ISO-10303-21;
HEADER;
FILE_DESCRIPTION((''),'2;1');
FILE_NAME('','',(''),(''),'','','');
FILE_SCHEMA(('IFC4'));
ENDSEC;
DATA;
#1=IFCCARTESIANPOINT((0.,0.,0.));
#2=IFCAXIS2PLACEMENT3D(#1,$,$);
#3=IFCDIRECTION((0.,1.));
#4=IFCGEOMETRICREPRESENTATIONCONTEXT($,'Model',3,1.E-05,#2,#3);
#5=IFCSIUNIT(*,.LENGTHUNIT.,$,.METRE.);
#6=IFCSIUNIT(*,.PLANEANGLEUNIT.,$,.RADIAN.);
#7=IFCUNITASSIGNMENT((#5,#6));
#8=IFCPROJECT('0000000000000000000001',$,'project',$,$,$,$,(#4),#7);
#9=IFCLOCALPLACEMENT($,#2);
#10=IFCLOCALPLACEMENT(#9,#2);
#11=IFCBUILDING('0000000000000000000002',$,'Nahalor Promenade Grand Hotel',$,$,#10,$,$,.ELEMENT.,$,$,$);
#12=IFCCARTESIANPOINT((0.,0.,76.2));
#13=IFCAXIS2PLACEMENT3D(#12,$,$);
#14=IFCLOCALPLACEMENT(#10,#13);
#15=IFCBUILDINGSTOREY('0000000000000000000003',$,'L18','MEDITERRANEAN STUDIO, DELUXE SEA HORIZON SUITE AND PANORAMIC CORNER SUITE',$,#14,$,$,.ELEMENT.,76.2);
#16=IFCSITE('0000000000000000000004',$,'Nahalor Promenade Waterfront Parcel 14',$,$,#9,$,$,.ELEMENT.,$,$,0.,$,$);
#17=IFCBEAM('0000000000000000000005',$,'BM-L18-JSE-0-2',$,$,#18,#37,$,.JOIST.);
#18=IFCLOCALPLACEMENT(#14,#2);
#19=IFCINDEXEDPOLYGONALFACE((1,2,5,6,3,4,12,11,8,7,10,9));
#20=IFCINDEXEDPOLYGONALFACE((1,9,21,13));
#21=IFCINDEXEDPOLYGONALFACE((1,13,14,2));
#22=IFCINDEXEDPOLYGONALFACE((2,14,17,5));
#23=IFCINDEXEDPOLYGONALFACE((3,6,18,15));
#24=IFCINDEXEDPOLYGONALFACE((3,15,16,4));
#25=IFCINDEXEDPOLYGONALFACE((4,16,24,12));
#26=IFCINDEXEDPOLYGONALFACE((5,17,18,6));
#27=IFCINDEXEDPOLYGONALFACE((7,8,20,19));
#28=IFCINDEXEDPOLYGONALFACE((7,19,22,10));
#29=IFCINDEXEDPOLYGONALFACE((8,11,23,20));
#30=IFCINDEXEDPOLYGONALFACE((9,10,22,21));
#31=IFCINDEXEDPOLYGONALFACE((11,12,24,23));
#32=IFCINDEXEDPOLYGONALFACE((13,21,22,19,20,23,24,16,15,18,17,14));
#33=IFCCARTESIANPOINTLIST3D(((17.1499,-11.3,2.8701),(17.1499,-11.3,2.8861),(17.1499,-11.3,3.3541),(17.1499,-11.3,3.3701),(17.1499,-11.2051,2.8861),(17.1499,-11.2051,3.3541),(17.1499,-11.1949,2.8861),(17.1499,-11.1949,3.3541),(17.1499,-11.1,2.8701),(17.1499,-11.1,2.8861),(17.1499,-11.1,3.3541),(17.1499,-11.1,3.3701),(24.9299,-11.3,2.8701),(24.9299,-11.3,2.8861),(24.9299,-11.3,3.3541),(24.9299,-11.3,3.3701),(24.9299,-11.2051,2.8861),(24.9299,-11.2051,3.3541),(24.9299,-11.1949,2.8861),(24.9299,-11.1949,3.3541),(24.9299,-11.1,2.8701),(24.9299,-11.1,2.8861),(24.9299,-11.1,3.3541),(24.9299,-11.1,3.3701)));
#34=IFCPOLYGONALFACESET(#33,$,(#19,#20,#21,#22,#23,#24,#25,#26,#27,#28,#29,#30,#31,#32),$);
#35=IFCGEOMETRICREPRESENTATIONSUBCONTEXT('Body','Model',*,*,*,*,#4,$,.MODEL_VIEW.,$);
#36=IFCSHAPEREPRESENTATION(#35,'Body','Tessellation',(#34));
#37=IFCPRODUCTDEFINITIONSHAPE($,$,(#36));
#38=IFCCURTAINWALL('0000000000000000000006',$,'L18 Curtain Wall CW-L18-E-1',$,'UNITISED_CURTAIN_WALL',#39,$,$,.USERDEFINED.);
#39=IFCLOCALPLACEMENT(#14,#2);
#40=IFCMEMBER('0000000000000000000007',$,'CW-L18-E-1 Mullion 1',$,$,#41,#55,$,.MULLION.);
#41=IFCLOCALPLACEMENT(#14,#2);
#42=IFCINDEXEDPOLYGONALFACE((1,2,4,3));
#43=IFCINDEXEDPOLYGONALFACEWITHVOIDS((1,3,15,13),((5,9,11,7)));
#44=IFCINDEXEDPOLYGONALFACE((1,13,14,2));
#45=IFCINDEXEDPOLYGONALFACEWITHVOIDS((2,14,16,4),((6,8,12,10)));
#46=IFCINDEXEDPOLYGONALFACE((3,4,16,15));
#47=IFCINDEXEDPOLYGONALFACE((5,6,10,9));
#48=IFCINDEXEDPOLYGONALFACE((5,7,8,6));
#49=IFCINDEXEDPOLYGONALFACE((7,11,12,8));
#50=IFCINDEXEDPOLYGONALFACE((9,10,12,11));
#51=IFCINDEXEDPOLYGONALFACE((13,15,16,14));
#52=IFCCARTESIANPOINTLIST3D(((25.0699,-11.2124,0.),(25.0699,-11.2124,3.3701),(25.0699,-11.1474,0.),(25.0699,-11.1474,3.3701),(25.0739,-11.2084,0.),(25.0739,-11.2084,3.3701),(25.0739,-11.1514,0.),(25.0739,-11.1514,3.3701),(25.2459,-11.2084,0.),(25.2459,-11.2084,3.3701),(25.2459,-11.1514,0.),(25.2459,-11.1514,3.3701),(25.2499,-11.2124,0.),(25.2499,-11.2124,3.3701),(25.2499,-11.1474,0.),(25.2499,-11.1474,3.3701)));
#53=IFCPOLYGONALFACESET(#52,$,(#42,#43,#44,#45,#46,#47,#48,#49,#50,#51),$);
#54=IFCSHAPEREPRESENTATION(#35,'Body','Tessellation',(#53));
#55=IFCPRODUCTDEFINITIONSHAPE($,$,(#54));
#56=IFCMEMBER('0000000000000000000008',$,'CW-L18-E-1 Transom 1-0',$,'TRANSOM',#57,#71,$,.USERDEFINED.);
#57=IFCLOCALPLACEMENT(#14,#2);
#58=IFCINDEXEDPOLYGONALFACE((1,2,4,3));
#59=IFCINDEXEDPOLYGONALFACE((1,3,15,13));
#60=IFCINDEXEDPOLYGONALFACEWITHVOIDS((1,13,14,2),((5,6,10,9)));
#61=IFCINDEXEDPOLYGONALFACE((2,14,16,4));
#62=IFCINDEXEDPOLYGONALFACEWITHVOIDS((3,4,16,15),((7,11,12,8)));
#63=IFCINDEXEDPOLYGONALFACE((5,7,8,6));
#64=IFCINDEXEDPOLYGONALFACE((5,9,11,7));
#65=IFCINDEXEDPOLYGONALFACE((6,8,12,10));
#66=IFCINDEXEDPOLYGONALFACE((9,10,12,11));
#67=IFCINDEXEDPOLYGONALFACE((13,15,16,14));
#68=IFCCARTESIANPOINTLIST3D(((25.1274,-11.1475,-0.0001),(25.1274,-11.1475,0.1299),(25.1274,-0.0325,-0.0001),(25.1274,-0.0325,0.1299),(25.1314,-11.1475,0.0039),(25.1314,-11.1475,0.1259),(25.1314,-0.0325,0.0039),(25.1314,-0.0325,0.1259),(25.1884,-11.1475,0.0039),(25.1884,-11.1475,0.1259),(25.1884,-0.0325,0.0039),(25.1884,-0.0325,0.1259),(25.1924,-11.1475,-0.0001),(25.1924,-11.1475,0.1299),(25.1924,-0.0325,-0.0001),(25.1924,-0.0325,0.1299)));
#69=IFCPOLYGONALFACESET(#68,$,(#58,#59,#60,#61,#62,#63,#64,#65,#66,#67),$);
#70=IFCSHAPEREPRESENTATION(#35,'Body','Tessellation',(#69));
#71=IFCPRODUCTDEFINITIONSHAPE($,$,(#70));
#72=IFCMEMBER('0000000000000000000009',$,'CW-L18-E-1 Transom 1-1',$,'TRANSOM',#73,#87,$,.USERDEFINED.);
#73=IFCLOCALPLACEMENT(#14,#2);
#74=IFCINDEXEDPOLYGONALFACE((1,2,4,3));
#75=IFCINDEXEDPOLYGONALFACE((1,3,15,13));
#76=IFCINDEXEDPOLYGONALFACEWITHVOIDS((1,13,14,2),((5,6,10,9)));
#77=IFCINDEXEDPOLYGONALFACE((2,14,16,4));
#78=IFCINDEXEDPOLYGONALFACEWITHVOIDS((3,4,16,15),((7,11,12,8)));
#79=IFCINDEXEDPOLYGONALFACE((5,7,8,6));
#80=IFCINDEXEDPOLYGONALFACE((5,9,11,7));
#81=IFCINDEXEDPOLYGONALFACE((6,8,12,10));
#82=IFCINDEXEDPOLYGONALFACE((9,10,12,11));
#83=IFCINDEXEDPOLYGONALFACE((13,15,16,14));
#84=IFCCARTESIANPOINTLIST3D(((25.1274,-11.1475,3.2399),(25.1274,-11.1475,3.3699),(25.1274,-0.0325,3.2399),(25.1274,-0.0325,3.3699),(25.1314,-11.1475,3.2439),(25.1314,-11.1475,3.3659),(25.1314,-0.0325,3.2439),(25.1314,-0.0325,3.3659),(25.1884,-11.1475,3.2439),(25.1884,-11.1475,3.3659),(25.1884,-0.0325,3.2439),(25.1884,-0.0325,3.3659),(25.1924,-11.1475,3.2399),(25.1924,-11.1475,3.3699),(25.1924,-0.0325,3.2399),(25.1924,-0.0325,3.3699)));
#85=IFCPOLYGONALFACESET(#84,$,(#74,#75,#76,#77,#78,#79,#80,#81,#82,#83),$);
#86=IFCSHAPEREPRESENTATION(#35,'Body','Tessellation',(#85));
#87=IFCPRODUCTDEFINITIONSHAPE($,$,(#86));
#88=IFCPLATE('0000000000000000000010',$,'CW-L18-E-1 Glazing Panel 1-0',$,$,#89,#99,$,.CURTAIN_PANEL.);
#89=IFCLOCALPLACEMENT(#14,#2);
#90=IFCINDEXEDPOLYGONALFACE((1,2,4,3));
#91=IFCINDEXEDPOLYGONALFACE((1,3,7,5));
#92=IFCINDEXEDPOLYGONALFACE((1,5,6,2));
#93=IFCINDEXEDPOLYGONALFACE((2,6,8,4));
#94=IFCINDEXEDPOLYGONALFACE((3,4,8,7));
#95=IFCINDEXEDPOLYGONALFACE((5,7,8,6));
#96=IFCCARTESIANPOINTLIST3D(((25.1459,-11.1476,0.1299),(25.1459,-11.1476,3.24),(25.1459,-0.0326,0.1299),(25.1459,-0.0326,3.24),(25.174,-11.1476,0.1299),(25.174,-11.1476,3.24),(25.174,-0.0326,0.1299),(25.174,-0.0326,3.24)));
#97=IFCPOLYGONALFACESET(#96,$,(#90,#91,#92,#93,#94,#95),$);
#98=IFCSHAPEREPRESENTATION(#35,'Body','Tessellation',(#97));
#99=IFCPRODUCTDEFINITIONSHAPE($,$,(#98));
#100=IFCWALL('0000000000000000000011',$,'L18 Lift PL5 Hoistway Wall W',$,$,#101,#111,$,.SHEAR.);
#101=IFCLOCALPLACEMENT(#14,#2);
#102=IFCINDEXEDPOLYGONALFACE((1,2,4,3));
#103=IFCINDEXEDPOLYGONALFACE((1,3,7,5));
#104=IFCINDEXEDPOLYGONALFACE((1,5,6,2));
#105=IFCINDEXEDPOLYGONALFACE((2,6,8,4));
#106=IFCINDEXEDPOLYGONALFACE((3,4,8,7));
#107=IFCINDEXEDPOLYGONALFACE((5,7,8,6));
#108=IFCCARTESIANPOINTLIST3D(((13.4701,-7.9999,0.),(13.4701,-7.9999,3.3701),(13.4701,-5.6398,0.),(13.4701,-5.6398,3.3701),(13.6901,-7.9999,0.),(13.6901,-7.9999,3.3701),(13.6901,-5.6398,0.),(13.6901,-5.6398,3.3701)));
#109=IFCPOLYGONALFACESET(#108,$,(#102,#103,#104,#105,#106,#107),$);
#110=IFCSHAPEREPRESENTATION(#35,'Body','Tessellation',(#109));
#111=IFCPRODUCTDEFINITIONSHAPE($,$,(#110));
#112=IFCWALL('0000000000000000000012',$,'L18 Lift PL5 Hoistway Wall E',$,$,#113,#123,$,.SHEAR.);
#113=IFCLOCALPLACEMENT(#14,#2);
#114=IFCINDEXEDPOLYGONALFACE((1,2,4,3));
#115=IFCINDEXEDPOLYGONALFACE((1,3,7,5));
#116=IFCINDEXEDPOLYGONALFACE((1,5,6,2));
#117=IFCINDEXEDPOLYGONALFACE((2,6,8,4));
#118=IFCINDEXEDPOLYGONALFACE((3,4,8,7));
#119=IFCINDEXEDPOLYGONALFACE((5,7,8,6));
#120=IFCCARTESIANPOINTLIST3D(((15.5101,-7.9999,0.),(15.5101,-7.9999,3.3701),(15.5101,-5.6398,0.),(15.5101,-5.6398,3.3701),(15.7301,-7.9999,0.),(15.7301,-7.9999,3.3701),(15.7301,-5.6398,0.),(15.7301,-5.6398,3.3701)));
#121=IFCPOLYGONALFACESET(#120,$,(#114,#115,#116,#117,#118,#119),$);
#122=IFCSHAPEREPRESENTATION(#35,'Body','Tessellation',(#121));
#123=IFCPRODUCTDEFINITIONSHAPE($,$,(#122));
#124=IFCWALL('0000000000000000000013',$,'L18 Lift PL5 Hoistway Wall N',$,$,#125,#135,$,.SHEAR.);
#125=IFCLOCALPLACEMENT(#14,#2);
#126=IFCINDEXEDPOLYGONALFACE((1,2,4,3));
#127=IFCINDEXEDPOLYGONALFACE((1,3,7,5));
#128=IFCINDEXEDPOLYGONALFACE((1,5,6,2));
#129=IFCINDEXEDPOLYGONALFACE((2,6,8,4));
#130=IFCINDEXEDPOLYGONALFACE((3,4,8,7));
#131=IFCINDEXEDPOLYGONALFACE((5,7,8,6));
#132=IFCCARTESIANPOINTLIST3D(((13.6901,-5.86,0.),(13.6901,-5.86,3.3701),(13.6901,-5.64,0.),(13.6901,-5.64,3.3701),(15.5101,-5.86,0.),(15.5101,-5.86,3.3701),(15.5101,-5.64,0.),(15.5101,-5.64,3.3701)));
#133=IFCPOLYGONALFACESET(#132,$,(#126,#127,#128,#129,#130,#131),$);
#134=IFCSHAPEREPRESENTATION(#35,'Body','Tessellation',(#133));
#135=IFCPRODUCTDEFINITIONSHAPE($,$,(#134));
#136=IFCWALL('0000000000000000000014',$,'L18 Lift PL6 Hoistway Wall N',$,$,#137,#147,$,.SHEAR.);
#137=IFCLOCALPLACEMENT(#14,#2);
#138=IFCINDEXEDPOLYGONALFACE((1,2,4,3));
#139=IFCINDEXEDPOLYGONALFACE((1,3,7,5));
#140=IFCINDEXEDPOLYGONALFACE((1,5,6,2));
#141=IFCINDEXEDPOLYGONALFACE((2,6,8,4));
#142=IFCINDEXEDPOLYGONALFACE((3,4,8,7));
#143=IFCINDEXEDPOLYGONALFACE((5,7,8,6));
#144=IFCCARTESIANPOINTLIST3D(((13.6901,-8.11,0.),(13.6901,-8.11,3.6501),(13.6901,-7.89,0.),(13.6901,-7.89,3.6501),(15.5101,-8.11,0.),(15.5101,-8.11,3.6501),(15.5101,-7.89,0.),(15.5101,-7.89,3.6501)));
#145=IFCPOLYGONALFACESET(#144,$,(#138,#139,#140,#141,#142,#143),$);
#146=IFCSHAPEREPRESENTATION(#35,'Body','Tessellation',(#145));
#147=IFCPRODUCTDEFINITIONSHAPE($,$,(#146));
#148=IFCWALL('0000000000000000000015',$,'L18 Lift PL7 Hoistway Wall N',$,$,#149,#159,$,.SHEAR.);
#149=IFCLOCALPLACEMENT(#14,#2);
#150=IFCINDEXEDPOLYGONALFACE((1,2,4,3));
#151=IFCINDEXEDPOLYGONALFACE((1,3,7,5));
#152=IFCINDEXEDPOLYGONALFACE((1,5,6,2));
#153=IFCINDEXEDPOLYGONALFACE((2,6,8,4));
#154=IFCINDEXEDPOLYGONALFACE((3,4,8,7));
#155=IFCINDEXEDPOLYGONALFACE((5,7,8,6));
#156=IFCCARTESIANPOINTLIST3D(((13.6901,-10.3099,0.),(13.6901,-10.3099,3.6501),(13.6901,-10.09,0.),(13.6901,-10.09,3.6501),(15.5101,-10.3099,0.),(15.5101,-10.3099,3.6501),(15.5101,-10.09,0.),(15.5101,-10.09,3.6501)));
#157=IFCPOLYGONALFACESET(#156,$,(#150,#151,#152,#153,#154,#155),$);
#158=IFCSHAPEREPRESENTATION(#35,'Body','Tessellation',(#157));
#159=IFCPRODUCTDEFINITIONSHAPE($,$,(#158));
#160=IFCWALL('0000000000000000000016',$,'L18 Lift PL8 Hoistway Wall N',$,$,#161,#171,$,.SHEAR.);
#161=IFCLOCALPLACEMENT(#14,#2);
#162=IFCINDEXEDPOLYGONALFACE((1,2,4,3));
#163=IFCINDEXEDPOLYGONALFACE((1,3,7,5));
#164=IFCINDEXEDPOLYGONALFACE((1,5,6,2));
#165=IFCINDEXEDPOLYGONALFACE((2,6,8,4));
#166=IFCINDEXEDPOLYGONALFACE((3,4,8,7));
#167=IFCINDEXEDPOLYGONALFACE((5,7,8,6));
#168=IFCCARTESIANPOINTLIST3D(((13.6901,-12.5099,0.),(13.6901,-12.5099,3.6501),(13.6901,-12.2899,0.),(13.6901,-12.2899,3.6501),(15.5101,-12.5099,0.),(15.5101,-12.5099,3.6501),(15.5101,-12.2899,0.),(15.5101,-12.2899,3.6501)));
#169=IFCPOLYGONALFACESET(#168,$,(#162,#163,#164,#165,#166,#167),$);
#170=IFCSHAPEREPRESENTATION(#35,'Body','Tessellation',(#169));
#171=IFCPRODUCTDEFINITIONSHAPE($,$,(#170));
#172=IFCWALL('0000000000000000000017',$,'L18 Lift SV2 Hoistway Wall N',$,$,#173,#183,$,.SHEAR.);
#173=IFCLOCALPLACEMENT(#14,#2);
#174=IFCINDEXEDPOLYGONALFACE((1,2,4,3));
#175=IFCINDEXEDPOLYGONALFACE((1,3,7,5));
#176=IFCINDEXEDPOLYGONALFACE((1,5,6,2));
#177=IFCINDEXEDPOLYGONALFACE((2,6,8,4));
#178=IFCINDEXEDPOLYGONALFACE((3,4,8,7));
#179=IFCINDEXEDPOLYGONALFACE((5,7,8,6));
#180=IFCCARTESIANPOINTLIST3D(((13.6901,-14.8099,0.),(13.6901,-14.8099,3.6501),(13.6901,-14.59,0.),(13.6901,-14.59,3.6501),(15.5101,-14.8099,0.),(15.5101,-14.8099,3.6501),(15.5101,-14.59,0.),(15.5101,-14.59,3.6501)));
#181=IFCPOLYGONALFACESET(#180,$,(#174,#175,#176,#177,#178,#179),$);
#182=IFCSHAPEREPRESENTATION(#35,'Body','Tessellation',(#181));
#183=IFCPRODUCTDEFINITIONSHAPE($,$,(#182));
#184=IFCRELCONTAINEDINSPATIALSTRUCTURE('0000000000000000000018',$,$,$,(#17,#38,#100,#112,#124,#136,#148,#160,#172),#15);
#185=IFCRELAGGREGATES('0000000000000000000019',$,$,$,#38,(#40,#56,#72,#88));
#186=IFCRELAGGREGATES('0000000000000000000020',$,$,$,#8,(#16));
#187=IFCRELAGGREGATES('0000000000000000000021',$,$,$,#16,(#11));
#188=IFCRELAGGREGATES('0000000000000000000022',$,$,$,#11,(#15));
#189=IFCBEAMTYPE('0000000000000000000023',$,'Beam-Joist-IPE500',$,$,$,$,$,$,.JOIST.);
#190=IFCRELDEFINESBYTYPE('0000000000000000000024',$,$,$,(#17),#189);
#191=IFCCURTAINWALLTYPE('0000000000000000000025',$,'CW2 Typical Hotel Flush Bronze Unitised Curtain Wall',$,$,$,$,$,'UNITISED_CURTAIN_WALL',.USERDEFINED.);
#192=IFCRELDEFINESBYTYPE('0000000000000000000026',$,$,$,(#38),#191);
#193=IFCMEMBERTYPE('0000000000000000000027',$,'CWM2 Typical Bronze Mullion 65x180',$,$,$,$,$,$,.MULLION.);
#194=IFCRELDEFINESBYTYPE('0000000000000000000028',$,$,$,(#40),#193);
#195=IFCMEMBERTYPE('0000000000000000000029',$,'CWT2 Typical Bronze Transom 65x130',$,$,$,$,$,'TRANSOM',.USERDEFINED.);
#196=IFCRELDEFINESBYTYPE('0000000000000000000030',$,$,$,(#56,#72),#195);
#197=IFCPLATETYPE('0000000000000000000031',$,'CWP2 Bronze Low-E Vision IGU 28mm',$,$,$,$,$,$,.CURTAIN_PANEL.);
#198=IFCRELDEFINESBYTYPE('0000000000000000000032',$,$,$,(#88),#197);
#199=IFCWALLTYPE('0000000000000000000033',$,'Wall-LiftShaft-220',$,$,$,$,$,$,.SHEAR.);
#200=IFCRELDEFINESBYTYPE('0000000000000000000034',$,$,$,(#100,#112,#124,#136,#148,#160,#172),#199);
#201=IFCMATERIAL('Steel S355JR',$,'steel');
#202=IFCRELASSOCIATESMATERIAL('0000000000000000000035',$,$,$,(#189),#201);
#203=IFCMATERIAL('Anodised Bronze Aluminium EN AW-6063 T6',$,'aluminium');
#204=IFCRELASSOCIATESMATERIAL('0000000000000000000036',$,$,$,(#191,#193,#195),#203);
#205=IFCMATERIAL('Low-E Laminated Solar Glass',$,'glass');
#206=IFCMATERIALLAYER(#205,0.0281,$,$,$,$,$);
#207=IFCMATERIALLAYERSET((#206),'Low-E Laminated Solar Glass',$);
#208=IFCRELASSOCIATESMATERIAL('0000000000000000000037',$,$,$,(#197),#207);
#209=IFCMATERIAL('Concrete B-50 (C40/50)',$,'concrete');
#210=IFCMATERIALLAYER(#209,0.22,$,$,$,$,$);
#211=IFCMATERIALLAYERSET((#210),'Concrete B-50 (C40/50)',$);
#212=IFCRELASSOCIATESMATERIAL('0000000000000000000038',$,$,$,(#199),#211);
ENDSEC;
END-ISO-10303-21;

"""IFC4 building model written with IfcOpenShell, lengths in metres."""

from ifc_helpers import new_model, si_unit, direction, frame, frame_2d, origin, origin_2d, place, context, subcontext, project, spatial, rectangle, hollow_rectangle, i_section, extrude, source, transform, mapped, material, layer, layer_set, material_profile, profile_set, type_object, element, aggregate, save


model = new_model("IFC4")

# Units and contexts
model_context = context("Model", 3, precision=1e-05, world=origin(), true_north=direction((0.0, 1.0)))
body_context = subcontext(model_context, "Body", "Model", "MODEL_VIEW")
ifc_project = project(units=[si_unit("LENGTHUNIT", "METRE"), si_unit("PLANEANGLEUNIT", "RADIAN")], contexts=[model_context])

# Site, building, storey
site_placement = place(None, origin())
site = spatial("IfcSite", under=ifc_project, at=site_placement, Name="Nahalor Promenade Waterfront Parcel 14", CompositionType="ELEMENT", RefElevation=0.0)
building_placement = place(site_placement, origin())
building = spatial("IfcBuilding", under=site, at=building_placement, Name="Nahalor Promenade Grand Hotel", CompositionType="ELEMENT")
storey_placement = place(building_placement, frame((0.0, 0.0, 76.2)))
storey = spatial("IfcBuildingStorey", under=building, at=storey_placement, Name="L18", Description="MEDITERRANEAN STUDIO, DELUXE SEA HORIZON SUITE AND PANORAMIC CORNER SUITE", CompositionType="ELEMENT", Elevation=76.2)

# Beam
ifc_material_1 = material(Name="Steel S355JR", Category="steel")
ifc_material_profile_1 = material_profile(ifc_material_1, i_section(OverallWidth=0.2, OverallDepth=0.5, WebThickness=0.0102, FlangeThickness=0.016, at=origin_2d()), Name="IPE 500")
ifc_profile_set_1 = profile_set([ifc_material_profile_1], Name="Steel S355JR")
beam_type_1 = type_object("IfcBeamType", Name="Beam-Joist-IPE500", PredefinedType="JOIST", material=ifc_profile_set_1)
shared_shape_1 = source(origin(), body_context, "Body", "SweptSolid", [
    extrude(i_section(OverallWidth=0.2, OverallDepth=0.5, WebThickness=0.0102, FlangeThickness=0.016, at=origin_2d()), origin(), (0.0, 0.0, 1.0), 7.78),
])
beam_1_placement = place(storey_placement, frame((17.1499, -11.2, 3.1201), z_axis=(1.0, 0.0, 0.0), x_axis=(0.0, 1.0, 0.0)))
element("IfcBeam", 1, at=beam_1_placement, inside=storey, type_object=beam_type_1, Name="BM-L18-JSE-0-2", PredefinedType="JOIST", context=body_context, shape_type="MappedRepresentation", body=[
    mapped(shared_shape_1, transform((0.0, 0.0, 0.0), scale=1.0)),
])

# Curtain wall, members, plate
ifc_material_2 = material(Name="Anodised Bronze Aluminium EN AW-6063 T6", Category="aluminium")
curtain_wall_type = type_object("IfcCurtainWallType", Name="CW2 Typical Hotel Flush Bronze Unitised Curtain Wall", ElementType="UNITISED_CURTAIN_WALL", PredefinedType="USERDEFINED", material=ifc_material_2)
curtain_wall_placement = place(storey_placement, origin())
curtain_wall = element("IfcCurtainWall", 2, at=curtain_wall_placement, inside=storey, type_object=curtain_wall_type, Name="L18 Curtain Wall CW-L18-E-1", ObjectType="UNITISED_CURTAIN_WALL", PredefinedType="USERDEFINED")
ifc_material_profile_2 = material_profile(ifc_material_2, hollow_rectangle(XDim=0.065, YDim=0.18, WallThickness=0.004, at=origin_2d()), Name="CWM 65x180x4")
ifc_profile_set_2 = profile_set([ifc_material_profile_2], Name="Anodised Bronze Aluminium EN AW-6063 T6")
member_type_1 = type_object("IfcMemberType", Name="CWM2 Typical Bronze Mullion 65x180", PredefinedType="MULLION", material=ifc_profile_set_2)
shared_shape_2 = source(origin(), body_context, "Body", "SweptSolid", [
    extrude(hollow_rectangle(XDim=0.065, YDim=0.18, WallThickness=0.004, at=origin_2d()), origin(), (0.0, 0.0, 1.0), 3.3701),
])
member_1_placement = place(storey_placement, frame((25.1599, -11.1799, 0.0), z_axis=(0.0, 0.0, 1.0), x_axis=(0.0, 1.0, 0.0)))
member_1 = element("IfcMember", 3, at=member_1_placement, type_object=member_type_1, Name="CW-L18-E-1 Mullion 1", PredefinedType="MULLION", context=body_context, shape_type="MappedRepresentation", body=[
    mapped(shared_shape_2, transform((0.0, 0.0, 0.0), scale=1.0)),
])
ifc_material_profile_3 = material_profile(ifc_material_2, hollow_rectangle(XDim=0.065, YDim=0.13, WallThickness=0.004, at=origin_2d()), Name="CWT 65x130x4")
ifc_profile_set_3 = profile_set([ifc_material_profile_3], Name="Anodised Bronze Aluminium EN AW-6063 T6")
member_type_2 = type_object("IfcMemberType", Name="CWT2 Typical Bronze Transom 65x130", ElementType="TRANSOM", PredefinedType="USERDEFINED", material=ifc_profile_set_3)
shared_shape_3 = source(origin(), body_context, "Body", "SweptSolid", [
    extrude(hollow_rectangle(XDim=0.065, YDim=0.13, WallThickness=0.004, at=origin_2d()), origin(), (0.0, 0.0, 1.0), 11.115),
])
member_2_placement = place(storey_placement, frame((25.1599, -11.1475, 0.0649), z_axis=(0.0, 1.0, 0.0), x_axis=(-1.0, 0.0, 0.0)))
member_2 = element("IfcMember", 4, at=member_2_placement, type_object=member_type_2, Name="CW-L18-E-1 Transom 1-0", ObjectType="TRANSOM", PredefinedType="USERDEFINED", context=body_context, shape_type="MappedRepresentation", body=[
    mapped(shared_shape_3, transform((0.0, 0.0, 0.0), scale=1.0)),
])
member_3_placement = place(storey_placement, frame((25.1599, -11.1475, 3.3049), z_axis=(0.0, 1.0, 0.0), x_axis=(-1.0, 0.0, 0.0)))
member_3 = element("IfcMember", 5, at=member_3_placement, type_object=member_type_2, Name="CW-L18-E-1 Transom 1-1", ObjectType="TRANSOM", PredefinedType="USERDEFINED", context=body_context, shape_type="MappedRepresentation", body=[
    mapped(shared_shape_3, transform((0.0, 0.0, 0.0), scale=1.0)),
])
ifc_material_3 = material(Name="Low-E Laminated Solar Glass", Category="glass")
ifc_layer_1 = layer(ifc_material_3, 0.0281)
ifc_layer_set_1 = layer_set([ifc_layer_1], Name="Low-E Laminated Solar Glass")
plate_type = type_object("IfcPlateType", Name="CWP2 Bronze Low-E Vision IGU 28mm", PredefinedType="CURTAIN_PANEL", material=ifc_layer_set_1)
shared_shape_4 = source(origin(), body_context, "Body", "SweptSolid", [
    extrude(rectangle(XDim=11.115, YDim=0.0281, at=origin_2d()), origin(), (0.0, 0.0, 1.0), 3.1101),
])
plate_placement = place(storey_placement, frame((25.1599, -5.5901, 0.1299), z_axis=(0.0, 0.0, 1.0), x_axis=(0.0, 1.0, 0.0)))
plate = element("IfcPlate", 6, at=plate_placement, type_object=plate_type, Name="CW-L18-E-1 Glazing Panel 1-0", PredefinedType="CURTAIN_PANEL", context=body_context, shape_type="MappedRepresentation", body=[
    mapped(shared_shape_4, transform((0.0, 0.0, 0.0), scale=1.0)),
])
aggregate(curtain_wall, [member_1, member_2, member_3, plate])

# Walls
ifc_material_4 = material(Name="Concrete B-50 (C40/50)", Category="concrete")
ifc_layer_2 = layer(ifc_material_4, 0.22)
ifc_layer_set_2 = layer_set([ifc_layer_2], Name="Concrete B-50 (C40/50)")
wall_type_1 = type_object("IfcWallType", Name="Wall-LiftShaft-220", PredefinedType="SHEAR", material=ifc_layer_set_2)
shared_shape_5 = source(origin(), body_context, "Body", "SweptSolid", [
    extrude(rectangle(XDim=2.3601, YDim=0.22, at=frame_2d((1.1802, 0.0))), origin(), (0.0, 0.0, 1.0), 3.3701),
])
for number, where, z_axis, x_axis, name in (
    (7, (13.5801, -8.0, 0.0), (0.0, 0.0, 1.0), (0.0, 1.0, 0.0), "L18 Lift PL5 Hoistway Wall W"),
    (8, (15.6201, -8.0, 0.0), (0.0, 0.0, 1.0), (0.0, 1.0, 0.0), "L18 Lift PL5 Hoistway Wall E"),
):
    element("IfcWall", number, at=place(storey_placement, frame(where, z_axis=z_axis, x_axis=x_axis)), inside=storey, type_object=wall_type_1, Name=name, PredefinedType="SHEAR", context=body_context, shape_type="MappedRepresentation", body=[
        mapped(shared_shape_5, transform((0.0, 0.0, 0.0), scale=1.0)),
    ])
shared_shape_6 = source(origin(), body_context, "Body", "SweptSolid", [
    extrude(rectangle(XDim=1.8201, YDim=0.22, at=frame_2d((0.9102, 0.0))), origin(), (0.0, 0.0, 1.0), 3.3701),
])
wall_1_placement = place(storey_placement, frame((13.6899, -5.75, 0.0), z_axis=(0.0, 0.0, 1.0), x_axis=(1.0, 0.0, 0.0)))
element("IfcWall", 9, at=wall_1_placement, inside=storey, type_object=wall_type_1, Name="L18 Lift PL5 Hoistway Wall N", PredefinedType="SHEAR", context=body_context, shape_type="MappedRepresentation", body=[
    mapped(shared_shape_6, transform((0.0, 0.0, 0.0), scale=1.0)),
])
shared_shape_7 = source(origin(), body_context, "Body", "SweptSolid", [
    extrude(rectangle(XDim=1.8201, YDim=0.22, at=frame_2d((0.9102, 0.0))), origin(), (0.0, 0.0, 1.0), 3.6501),
])
for number, where, z_axis, x_axis, name in (
    (10, (13.6899, -8.0, 0.0), (0.0, 0.0, 1.0), (1.0, 0.0, 0.0), "L18 Lift PL6 Hoistway Wall N"),
    (11, (13.6899, -10.2, 0.0), (0.0, 0.0, 1.0), (1.0, 0.0, 0.0), "L18 Lift PL7 Hoistway Wall N"),
    (12, (13.6899, -12.3999, 0.0), (0.0, 0.0, 1.0), (1.0, 0.0, 0.0), "L18 Lift PL8 Hoistway Wall N"),
    (13, (13.6899, -14.7, 0.0), (0.0, 0.0, 1.0), (1.0, 0.0, 0.0), "L18 Lift SV2 Hoistway Wall N"),
):
    element("IfcWall", number, at=place(storey_placement, frame(where, z_axis=z_axis, x_axis=x_axis)), inside=storey, type_object=wall_type_1, Name=name, PredefinedType="SHEAR", context=body_context, shape_type="MappedRepresentation", body=[
        mapped(shared_shape_7, transform((0.0, 0.0, 0.0), scale=1.0)),
    ])

save(model, "model.ifc")
